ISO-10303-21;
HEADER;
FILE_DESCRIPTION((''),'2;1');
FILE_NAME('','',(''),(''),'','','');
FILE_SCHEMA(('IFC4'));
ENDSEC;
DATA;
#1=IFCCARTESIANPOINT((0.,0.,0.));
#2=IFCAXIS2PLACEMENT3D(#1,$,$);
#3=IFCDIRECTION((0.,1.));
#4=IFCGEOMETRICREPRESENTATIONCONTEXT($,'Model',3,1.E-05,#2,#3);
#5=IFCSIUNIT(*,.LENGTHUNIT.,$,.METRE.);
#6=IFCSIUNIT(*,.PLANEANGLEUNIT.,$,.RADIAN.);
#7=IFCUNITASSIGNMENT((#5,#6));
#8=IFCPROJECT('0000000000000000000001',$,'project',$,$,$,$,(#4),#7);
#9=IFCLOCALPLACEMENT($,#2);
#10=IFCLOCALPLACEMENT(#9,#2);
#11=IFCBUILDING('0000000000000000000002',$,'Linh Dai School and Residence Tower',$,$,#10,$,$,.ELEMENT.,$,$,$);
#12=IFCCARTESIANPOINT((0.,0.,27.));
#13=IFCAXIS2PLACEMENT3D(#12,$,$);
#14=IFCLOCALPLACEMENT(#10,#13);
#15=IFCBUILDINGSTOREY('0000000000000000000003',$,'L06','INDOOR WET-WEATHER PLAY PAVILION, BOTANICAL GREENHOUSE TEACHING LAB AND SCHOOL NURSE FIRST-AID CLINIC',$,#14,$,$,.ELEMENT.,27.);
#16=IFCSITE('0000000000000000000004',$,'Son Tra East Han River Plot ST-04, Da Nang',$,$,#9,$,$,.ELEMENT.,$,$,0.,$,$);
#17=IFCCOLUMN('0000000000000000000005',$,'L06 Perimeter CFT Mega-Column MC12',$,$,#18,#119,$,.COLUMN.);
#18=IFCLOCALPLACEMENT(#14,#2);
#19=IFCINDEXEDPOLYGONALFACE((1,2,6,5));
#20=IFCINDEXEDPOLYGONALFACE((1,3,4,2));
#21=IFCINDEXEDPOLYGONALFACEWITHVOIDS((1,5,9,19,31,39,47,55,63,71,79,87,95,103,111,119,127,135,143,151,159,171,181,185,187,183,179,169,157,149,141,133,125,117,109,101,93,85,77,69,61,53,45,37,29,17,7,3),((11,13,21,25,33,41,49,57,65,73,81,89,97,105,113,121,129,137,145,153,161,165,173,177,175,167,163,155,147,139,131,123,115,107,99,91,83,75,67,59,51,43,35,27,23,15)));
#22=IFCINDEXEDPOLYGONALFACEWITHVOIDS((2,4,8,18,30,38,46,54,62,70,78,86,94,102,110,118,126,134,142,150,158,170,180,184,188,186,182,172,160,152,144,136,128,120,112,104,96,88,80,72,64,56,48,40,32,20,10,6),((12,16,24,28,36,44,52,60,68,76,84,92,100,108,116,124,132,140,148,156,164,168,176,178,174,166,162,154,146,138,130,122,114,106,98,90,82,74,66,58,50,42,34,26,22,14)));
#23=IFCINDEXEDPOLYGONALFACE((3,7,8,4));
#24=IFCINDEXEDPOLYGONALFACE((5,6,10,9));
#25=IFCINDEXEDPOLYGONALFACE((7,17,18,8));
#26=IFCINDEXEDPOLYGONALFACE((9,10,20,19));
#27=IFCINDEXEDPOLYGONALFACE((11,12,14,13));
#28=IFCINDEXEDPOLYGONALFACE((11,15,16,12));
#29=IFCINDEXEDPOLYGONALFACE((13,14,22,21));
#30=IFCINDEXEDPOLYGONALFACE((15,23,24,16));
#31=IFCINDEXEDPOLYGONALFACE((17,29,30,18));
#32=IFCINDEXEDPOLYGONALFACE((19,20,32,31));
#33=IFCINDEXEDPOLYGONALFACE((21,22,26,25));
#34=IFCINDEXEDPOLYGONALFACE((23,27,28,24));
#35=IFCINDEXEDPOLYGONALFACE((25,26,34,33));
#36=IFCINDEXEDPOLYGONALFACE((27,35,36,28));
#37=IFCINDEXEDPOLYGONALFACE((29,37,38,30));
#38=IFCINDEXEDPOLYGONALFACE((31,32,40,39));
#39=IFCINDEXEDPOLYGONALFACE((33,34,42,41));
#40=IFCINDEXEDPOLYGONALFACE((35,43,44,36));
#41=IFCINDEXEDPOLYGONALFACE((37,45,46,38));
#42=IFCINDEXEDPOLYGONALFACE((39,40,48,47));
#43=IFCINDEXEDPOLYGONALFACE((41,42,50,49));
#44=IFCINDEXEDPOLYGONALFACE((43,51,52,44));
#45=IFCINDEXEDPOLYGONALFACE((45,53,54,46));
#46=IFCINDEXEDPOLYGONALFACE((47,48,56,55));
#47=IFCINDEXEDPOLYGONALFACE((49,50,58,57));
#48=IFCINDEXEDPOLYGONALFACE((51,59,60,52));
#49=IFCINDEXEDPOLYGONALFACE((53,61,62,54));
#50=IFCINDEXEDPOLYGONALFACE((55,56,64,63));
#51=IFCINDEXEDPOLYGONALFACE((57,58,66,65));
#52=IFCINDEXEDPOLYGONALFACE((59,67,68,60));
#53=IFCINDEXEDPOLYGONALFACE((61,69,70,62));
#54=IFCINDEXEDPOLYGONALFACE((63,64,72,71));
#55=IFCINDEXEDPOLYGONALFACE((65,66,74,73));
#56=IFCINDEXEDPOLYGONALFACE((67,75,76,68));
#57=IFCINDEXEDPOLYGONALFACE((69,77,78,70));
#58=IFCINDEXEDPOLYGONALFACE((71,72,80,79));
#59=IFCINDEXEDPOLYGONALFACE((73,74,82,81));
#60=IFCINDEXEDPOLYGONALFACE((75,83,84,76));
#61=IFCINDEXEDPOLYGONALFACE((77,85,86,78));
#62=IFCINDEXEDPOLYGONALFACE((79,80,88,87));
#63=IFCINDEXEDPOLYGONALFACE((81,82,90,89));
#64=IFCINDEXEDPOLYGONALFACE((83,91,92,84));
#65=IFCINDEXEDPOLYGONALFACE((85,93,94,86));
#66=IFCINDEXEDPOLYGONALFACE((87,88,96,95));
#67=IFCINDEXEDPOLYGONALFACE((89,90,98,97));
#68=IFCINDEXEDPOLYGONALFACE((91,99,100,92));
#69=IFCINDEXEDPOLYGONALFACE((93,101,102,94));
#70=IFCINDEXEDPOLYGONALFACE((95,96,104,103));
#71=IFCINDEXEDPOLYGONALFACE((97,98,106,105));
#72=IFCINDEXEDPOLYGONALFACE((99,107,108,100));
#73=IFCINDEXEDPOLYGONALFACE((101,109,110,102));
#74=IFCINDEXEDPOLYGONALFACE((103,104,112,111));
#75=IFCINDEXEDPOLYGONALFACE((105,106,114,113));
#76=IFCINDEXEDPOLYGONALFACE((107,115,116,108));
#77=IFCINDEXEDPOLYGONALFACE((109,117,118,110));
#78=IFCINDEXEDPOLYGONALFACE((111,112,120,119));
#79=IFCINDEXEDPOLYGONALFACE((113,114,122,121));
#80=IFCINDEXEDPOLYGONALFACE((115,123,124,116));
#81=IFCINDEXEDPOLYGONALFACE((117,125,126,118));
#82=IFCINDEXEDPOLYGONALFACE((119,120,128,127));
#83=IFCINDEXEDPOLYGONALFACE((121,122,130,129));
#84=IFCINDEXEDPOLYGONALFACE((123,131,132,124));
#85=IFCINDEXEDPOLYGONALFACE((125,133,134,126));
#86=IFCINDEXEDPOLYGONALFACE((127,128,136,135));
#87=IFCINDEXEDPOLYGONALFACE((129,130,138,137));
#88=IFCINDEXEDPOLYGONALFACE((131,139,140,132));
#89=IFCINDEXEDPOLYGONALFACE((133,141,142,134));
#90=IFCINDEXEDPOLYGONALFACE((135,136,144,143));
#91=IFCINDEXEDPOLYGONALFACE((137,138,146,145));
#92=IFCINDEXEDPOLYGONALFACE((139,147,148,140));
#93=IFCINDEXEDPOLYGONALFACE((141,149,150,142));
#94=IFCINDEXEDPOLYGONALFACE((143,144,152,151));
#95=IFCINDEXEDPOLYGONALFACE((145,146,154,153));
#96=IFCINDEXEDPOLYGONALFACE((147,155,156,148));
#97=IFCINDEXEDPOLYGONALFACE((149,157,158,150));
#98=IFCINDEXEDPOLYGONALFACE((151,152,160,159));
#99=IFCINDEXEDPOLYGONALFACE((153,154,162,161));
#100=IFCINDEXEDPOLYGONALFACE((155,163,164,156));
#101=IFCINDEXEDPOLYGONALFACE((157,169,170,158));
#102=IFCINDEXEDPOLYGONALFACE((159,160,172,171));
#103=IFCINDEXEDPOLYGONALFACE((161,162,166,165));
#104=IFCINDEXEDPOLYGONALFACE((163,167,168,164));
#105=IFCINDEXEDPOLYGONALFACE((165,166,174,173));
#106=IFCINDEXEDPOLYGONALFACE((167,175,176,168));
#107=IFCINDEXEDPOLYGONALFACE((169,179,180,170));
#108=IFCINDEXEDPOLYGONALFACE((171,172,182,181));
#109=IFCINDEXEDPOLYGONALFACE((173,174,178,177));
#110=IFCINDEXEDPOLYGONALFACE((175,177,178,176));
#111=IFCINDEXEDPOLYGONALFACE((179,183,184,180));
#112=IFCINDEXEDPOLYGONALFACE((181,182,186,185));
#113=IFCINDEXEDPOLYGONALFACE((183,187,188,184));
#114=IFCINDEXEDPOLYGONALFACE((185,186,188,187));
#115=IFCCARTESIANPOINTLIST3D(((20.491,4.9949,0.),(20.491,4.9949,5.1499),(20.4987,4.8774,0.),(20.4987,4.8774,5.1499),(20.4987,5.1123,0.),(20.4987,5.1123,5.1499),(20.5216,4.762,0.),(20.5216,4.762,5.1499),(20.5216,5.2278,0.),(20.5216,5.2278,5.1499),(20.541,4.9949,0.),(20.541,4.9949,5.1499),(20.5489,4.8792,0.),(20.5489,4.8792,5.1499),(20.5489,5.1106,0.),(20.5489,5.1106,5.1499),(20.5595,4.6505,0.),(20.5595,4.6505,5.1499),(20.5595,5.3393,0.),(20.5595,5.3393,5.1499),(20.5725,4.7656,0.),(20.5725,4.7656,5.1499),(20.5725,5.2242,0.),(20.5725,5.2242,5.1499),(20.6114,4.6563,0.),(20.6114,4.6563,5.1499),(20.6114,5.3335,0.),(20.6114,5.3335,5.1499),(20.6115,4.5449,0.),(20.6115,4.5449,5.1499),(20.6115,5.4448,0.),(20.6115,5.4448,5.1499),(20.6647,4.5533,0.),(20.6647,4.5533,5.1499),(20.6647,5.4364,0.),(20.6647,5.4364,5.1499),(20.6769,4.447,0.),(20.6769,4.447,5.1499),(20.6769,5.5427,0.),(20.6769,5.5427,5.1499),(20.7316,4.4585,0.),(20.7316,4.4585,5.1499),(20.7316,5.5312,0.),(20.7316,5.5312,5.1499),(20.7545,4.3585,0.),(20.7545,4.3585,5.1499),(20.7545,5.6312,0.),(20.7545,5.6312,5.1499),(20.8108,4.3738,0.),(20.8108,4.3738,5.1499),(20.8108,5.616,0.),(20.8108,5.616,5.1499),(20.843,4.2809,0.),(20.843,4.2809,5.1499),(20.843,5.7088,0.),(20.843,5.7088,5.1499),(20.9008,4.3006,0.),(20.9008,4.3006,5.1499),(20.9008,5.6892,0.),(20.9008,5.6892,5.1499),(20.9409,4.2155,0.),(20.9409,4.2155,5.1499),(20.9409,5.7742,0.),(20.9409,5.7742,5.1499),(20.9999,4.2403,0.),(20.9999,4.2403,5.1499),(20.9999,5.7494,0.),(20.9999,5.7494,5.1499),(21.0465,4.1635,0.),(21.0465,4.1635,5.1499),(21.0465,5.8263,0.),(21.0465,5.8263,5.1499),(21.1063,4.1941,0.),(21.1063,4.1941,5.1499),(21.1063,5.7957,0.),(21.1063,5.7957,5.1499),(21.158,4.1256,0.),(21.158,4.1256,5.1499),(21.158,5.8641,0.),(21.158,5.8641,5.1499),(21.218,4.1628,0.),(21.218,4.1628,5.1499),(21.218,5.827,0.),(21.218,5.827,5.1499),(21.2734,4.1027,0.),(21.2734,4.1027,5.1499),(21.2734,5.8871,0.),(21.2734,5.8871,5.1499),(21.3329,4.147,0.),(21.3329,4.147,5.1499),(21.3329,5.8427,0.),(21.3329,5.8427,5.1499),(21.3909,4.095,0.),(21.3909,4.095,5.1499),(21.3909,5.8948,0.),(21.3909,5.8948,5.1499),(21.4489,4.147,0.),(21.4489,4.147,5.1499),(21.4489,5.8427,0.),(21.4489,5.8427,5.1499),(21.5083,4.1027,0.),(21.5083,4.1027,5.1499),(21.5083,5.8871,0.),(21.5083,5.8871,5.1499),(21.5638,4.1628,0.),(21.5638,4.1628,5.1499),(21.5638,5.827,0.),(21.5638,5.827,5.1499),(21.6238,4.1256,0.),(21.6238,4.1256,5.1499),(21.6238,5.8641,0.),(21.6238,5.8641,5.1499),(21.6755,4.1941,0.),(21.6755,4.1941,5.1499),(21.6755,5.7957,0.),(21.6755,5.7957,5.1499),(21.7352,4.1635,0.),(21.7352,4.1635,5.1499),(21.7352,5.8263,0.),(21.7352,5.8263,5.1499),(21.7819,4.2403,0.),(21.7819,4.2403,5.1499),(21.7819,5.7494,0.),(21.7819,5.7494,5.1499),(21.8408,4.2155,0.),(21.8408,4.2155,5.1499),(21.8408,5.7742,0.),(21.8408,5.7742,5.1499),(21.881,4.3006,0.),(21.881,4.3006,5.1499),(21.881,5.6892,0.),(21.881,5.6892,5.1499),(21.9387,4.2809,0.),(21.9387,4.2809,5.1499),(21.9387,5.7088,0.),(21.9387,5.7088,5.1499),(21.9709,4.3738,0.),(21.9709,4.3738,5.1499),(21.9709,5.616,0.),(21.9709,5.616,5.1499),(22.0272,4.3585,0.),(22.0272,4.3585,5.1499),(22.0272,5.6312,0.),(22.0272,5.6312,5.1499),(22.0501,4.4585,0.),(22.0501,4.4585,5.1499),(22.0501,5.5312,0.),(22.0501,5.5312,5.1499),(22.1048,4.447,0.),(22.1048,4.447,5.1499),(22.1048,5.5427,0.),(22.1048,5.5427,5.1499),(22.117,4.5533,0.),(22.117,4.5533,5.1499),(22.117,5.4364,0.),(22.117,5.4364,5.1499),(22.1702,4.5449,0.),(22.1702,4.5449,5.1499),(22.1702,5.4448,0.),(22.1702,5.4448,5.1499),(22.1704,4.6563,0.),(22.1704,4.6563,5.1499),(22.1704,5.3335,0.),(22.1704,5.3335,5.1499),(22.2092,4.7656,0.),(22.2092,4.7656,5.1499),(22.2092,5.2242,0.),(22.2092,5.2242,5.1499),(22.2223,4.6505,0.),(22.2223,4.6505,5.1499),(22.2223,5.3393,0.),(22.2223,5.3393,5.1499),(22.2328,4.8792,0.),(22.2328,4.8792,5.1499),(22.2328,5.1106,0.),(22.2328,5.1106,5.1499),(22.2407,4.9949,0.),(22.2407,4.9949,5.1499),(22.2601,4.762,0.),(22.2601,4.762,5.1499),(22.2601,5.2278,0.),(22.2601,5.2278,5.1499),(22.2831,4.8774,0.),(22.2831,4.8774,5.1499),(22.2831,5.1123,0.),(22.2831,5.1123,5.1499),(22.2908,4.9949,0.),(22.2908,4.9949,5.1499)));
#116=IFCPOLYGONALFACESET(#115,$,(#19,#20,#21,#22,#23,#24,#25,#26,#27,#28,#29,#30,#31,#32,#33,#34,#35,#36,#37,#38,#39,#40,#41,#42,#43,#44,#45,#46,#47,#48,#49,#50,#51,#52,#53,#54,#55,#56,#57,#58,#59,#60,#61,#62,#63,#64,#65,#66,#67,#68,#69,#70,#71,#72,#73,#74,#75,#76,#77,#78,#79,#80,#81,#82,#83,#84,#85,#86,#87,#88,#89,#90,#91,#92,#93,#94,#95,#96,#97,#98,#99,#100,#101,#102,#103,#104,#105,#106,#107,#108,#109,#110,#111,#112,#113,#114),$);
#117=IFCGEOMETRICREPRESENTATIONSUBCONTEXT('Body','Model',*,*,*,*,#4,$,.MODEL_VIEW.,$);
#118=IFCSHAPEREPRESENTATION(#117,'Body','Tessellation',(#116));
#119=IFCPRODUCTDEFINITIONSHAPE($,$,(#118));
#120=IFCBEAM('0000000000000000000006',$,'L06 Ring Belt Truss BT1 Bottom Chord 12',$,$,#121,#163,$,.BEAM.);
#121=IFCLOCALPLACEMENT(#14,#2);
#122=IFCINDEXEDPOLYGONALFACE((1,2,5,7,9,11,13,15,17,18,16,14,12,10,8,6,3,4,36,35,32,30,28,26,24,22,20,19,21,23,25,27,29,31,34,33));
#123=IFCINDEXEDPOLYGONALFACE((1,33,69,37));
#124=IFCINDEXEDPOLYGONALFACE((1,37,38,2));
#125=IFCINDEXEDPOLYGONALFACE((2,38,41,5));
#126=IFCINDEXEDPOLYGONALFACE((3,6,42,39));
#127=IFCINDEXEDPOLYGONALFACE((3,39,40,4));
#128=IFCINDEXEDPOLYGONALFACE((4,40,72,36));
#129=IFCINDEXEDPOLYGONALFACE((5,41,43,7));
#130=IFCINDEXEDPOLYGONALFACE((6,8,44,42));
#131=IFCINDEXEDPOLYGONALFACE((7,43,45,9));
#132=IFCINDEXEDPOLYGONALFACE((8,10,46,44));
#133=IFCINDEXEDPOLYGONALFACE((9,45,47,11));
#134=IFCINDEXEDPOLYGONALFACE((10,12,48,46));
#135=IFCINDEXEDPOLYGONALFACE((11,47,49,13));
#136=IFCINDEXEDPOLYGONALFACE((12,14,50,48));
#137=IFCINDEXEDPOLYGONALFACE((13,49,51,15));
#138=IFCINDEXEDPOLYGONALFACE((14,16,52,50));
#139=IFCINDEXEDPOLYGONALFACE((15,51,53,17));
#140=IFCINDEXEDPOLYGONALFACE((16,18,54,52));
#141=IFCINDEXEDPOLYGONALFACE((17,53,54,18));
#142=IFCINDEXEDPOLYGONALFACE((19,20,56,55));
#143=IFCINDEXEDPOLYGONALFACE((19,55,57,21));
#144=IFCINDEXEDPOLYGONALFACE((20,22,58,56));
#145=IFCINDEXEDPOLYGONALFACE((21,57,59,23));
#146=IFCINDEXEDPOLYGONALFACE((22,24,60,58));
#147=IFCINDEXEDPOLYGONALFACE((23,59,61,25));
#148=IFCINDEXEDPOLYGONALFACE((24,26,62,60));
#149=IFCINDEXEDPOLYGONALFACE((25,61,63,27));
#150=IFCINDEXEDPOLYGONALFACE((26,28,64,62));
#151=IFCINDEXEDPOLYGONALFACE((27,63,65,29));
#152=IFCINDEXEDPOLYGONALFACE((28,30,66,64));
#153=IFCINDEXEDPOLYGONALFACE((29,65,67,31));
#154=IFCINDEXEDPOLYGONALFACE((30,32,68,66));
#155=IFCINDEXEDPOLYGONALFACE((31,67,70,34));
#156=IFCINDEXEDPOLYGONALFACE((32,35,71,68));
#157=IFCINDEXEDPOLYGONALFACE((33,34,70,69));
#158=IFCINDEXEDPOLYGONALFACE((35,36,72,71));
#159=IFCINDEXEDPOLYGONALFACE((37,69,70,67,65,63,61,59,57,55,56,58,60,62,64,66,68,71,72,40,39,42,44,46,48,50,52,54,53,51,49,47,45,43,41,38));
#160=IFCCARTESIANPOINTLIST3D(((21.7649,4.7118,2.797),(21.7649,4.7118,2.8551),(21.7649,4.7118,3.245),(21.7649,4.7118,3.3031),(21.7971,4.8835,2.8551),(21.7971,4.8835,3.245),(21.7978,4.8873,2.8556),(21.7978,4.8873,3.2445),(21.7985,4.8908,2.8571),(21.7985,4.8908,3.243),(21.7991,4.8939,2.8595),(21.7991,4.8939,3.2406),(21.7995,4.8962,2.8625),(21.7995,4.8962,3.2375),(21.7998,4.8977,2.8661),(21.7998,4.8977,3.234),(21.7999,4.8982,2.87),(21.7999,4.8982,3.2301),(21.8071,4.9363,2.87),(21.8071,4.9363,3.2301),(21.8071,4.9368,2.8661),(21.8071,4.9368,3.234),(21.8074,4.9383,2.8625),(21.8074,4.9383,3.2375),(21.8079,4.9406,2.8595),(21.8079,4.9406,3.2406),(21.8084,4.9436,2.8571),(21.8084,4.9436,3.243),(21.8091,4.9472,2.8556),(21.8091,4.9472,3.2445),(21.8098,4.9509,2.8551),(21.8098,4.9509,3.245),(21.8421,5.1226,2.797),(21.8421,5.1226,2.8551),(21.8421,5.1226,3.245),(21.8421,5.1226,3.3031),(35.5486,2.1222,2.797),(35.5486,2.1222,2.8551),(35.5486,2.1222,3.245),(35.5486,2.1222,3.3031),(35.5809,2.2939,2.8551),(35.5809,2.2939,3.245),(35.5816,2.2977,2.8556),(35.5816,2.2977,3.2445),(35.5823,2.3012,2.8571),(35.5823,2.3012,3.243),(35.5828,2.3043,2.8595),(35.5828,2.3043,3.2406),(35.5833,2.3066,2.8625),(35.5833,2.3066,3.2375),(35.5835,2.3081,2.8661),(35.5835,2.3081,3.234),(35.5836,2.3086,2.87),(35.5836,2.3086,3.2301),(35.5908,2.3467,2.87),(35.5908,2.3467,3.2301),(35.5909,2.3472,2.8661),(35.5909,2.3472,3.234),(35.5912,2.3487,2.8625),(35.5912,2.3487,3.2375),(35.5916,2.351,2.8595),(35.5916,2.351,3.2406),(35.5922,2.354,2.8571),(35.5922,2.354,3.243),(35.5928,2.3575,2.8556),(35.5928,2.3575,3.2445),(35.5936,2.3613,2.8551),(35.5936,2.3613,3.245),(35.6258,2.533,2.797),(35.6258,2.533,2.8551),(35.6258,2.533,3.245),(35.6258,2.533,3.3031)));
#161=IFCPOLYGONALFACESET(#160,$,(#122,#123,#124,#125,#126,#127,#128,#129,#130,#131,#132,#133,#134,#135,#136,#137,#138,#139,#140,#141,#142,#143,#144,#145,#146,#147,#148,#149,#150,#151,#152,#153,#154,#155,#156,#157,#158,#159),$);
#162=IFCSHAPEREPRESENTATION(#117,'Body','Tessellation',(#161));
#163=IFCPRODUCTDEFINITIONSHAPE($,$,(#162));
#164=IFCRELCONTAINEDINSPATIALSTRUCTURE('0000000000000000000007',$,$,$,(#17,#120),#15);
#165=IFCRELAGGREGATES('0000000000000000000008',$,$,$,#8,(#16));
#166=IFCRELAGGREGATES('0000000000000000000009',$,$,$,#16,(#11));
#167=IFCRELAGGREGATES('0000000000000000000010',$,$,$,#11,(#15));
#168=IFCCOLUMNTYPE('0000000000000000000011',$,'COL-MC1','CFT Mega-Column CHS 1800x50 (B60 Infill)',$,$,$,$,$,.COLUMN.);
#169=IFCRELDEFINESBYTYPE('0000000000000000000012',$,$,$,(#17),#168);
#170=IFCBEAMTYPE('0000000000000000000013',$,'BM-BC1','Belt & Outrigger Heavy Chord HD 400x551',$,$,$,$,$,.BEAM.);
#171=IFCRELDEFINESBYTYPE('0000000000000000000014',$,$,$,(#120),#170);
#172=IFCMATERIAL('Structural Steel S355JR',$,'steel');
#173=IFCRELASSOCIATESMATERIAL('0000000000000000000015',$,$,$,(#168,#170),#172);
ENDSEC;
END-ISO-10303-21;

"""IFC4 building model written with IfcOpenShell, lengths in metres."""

from ifc_helpers import new_model, si_unit, direction, frame, origin, origin_2d, place, context, subcontext, project, spatial, hollow_circle, i_section, extrude, material, material_profile, profile_set, type_object, element, save


model = new_model("IFC4")

# Units and contexts
model_context = context("Model", 3, precision=1e-05, world=origin(), true_north=direction((0.0, 1.0)))
body_context = subcontext(model_context, "Body", "Model", "MODEL_VIEW")
ifc_project = project(units=[si_unit("LENGTHUNIT", "METRE"), si_unit("PLANEANGLEUNIT", "RADIAN")], contexts=[model_context])

# Site, building, storey
site_placement = place(None, origin())
site = spatial("IfcSite", under=ifc_project, at=site_placement, Name="Son Tra East Han River Plot ST-04, Da Nang", CompositionType="ELEMENT", RefElevation=0.0)
building_placement = place(site_placement, origin())
building = spatial("IfcBuilding", under=site, at=building_placement, Name="Linh Dai School and Residence Tower", CompositionType="ELEMENT")
storey_placement = place(building_placement, frame((0.0, 0.0, 27.0)))
storey = spatial("IfcBuildingStorey", under=building, at=storey_placement, Name="L06", Description="INDOOR WET-WEATHER PLAY PAVILION, BOTANICAL GREENHOUSE TEACHING LAB AND SCHOOL NURSE FIRST-AID CLINIC", CompositionType="ELEMENT", Elevation=27.0)

# Column
ifc_material_1 = material(Name="Structural Steel S355JR", Category="steel")
ifc_material_profile_1 = material_profile(ifc_material_1, hollow_circle(Radius=0.8999, WallThickness=0.05, at=origin_2d()), Name="CHS 1800x50")
ifc_profile_set_1 = profile_set([ifc_material_profile_1], Name="Structural Steel S355JR")
column_type = type_object("IfcColumnType", Name="COL-MC1", Description="CFT Mega-Column CHS 1800x50 (B60 Infill)", PredefinedType="COLUMN", material=ifc_profile_set_1)
column_placement = place(storey_placement, frame((21.3909, 4.9949, 0.0), z_axis=(0.0, 0.0, 1.0), x_axis=(1.0, 0.0, 0.0)))
element("IfcColumn", 1, at=column_placement, inside=storey, type_object=column_type, Name="L06 Perimeter CFT Mega-Column MC12", PredefinedType="COLUMN", context=body_context, shape_type="SweptSolid", body=[
    extrude(hollow_circle(Radius=0.8999, WallThickness=0.05, at=origin_2d()), origin(), (0.0, 0.0, 1.0), 5.1499),
])

# Beam
ifc_material_profile_2 = material_profile(ifc_material_1, i_section(OverallWidth=0.418, OverallDepth=0.5061, WebThickness=0.0388, FlangeThickness=0.0581, FilletRadius=0.0149, at=origin_2d()), Name="HD 400x551")
ifc_profile_set_2 = profile_set([ifc_material_profile_2], Name="Structural Steel S355JR")
beam_type_1 = type_object("IfcBeamType", Name="BM-BC1", Description="Belt & Outrigger Heavy Chord HD 400x551", PredefinedType="BEAM", material=ifc_profile_set_2)
beam_1_placement = place(storey_placement, frame((21.8035, 4.9172, 3.05), z_axis=(0.982806, -0.184644, 0.0), x_axis=(0.184644, 0.982806, 0.0)))
element("IfcBeam", 2, at=beam_1_placement, inside=storey, type_object=beam_type_1, Name="L06 Ring Belt Truss BT1 Bottom Chord 12", PredefinedType="BEAM", context=body_context, shape_type="SweptSolid", body=[
    extrude(i_section(OverallWidth=0.418, OverallDepth=0.5061, WebThickness=0.0388, FlangeThickness=0.0581, FilletRadius=0.0149, at=origin_2d()), origin(), (0.0, 0.0, 1.0), 14.0249),
])

save(model, "model.ifc")
